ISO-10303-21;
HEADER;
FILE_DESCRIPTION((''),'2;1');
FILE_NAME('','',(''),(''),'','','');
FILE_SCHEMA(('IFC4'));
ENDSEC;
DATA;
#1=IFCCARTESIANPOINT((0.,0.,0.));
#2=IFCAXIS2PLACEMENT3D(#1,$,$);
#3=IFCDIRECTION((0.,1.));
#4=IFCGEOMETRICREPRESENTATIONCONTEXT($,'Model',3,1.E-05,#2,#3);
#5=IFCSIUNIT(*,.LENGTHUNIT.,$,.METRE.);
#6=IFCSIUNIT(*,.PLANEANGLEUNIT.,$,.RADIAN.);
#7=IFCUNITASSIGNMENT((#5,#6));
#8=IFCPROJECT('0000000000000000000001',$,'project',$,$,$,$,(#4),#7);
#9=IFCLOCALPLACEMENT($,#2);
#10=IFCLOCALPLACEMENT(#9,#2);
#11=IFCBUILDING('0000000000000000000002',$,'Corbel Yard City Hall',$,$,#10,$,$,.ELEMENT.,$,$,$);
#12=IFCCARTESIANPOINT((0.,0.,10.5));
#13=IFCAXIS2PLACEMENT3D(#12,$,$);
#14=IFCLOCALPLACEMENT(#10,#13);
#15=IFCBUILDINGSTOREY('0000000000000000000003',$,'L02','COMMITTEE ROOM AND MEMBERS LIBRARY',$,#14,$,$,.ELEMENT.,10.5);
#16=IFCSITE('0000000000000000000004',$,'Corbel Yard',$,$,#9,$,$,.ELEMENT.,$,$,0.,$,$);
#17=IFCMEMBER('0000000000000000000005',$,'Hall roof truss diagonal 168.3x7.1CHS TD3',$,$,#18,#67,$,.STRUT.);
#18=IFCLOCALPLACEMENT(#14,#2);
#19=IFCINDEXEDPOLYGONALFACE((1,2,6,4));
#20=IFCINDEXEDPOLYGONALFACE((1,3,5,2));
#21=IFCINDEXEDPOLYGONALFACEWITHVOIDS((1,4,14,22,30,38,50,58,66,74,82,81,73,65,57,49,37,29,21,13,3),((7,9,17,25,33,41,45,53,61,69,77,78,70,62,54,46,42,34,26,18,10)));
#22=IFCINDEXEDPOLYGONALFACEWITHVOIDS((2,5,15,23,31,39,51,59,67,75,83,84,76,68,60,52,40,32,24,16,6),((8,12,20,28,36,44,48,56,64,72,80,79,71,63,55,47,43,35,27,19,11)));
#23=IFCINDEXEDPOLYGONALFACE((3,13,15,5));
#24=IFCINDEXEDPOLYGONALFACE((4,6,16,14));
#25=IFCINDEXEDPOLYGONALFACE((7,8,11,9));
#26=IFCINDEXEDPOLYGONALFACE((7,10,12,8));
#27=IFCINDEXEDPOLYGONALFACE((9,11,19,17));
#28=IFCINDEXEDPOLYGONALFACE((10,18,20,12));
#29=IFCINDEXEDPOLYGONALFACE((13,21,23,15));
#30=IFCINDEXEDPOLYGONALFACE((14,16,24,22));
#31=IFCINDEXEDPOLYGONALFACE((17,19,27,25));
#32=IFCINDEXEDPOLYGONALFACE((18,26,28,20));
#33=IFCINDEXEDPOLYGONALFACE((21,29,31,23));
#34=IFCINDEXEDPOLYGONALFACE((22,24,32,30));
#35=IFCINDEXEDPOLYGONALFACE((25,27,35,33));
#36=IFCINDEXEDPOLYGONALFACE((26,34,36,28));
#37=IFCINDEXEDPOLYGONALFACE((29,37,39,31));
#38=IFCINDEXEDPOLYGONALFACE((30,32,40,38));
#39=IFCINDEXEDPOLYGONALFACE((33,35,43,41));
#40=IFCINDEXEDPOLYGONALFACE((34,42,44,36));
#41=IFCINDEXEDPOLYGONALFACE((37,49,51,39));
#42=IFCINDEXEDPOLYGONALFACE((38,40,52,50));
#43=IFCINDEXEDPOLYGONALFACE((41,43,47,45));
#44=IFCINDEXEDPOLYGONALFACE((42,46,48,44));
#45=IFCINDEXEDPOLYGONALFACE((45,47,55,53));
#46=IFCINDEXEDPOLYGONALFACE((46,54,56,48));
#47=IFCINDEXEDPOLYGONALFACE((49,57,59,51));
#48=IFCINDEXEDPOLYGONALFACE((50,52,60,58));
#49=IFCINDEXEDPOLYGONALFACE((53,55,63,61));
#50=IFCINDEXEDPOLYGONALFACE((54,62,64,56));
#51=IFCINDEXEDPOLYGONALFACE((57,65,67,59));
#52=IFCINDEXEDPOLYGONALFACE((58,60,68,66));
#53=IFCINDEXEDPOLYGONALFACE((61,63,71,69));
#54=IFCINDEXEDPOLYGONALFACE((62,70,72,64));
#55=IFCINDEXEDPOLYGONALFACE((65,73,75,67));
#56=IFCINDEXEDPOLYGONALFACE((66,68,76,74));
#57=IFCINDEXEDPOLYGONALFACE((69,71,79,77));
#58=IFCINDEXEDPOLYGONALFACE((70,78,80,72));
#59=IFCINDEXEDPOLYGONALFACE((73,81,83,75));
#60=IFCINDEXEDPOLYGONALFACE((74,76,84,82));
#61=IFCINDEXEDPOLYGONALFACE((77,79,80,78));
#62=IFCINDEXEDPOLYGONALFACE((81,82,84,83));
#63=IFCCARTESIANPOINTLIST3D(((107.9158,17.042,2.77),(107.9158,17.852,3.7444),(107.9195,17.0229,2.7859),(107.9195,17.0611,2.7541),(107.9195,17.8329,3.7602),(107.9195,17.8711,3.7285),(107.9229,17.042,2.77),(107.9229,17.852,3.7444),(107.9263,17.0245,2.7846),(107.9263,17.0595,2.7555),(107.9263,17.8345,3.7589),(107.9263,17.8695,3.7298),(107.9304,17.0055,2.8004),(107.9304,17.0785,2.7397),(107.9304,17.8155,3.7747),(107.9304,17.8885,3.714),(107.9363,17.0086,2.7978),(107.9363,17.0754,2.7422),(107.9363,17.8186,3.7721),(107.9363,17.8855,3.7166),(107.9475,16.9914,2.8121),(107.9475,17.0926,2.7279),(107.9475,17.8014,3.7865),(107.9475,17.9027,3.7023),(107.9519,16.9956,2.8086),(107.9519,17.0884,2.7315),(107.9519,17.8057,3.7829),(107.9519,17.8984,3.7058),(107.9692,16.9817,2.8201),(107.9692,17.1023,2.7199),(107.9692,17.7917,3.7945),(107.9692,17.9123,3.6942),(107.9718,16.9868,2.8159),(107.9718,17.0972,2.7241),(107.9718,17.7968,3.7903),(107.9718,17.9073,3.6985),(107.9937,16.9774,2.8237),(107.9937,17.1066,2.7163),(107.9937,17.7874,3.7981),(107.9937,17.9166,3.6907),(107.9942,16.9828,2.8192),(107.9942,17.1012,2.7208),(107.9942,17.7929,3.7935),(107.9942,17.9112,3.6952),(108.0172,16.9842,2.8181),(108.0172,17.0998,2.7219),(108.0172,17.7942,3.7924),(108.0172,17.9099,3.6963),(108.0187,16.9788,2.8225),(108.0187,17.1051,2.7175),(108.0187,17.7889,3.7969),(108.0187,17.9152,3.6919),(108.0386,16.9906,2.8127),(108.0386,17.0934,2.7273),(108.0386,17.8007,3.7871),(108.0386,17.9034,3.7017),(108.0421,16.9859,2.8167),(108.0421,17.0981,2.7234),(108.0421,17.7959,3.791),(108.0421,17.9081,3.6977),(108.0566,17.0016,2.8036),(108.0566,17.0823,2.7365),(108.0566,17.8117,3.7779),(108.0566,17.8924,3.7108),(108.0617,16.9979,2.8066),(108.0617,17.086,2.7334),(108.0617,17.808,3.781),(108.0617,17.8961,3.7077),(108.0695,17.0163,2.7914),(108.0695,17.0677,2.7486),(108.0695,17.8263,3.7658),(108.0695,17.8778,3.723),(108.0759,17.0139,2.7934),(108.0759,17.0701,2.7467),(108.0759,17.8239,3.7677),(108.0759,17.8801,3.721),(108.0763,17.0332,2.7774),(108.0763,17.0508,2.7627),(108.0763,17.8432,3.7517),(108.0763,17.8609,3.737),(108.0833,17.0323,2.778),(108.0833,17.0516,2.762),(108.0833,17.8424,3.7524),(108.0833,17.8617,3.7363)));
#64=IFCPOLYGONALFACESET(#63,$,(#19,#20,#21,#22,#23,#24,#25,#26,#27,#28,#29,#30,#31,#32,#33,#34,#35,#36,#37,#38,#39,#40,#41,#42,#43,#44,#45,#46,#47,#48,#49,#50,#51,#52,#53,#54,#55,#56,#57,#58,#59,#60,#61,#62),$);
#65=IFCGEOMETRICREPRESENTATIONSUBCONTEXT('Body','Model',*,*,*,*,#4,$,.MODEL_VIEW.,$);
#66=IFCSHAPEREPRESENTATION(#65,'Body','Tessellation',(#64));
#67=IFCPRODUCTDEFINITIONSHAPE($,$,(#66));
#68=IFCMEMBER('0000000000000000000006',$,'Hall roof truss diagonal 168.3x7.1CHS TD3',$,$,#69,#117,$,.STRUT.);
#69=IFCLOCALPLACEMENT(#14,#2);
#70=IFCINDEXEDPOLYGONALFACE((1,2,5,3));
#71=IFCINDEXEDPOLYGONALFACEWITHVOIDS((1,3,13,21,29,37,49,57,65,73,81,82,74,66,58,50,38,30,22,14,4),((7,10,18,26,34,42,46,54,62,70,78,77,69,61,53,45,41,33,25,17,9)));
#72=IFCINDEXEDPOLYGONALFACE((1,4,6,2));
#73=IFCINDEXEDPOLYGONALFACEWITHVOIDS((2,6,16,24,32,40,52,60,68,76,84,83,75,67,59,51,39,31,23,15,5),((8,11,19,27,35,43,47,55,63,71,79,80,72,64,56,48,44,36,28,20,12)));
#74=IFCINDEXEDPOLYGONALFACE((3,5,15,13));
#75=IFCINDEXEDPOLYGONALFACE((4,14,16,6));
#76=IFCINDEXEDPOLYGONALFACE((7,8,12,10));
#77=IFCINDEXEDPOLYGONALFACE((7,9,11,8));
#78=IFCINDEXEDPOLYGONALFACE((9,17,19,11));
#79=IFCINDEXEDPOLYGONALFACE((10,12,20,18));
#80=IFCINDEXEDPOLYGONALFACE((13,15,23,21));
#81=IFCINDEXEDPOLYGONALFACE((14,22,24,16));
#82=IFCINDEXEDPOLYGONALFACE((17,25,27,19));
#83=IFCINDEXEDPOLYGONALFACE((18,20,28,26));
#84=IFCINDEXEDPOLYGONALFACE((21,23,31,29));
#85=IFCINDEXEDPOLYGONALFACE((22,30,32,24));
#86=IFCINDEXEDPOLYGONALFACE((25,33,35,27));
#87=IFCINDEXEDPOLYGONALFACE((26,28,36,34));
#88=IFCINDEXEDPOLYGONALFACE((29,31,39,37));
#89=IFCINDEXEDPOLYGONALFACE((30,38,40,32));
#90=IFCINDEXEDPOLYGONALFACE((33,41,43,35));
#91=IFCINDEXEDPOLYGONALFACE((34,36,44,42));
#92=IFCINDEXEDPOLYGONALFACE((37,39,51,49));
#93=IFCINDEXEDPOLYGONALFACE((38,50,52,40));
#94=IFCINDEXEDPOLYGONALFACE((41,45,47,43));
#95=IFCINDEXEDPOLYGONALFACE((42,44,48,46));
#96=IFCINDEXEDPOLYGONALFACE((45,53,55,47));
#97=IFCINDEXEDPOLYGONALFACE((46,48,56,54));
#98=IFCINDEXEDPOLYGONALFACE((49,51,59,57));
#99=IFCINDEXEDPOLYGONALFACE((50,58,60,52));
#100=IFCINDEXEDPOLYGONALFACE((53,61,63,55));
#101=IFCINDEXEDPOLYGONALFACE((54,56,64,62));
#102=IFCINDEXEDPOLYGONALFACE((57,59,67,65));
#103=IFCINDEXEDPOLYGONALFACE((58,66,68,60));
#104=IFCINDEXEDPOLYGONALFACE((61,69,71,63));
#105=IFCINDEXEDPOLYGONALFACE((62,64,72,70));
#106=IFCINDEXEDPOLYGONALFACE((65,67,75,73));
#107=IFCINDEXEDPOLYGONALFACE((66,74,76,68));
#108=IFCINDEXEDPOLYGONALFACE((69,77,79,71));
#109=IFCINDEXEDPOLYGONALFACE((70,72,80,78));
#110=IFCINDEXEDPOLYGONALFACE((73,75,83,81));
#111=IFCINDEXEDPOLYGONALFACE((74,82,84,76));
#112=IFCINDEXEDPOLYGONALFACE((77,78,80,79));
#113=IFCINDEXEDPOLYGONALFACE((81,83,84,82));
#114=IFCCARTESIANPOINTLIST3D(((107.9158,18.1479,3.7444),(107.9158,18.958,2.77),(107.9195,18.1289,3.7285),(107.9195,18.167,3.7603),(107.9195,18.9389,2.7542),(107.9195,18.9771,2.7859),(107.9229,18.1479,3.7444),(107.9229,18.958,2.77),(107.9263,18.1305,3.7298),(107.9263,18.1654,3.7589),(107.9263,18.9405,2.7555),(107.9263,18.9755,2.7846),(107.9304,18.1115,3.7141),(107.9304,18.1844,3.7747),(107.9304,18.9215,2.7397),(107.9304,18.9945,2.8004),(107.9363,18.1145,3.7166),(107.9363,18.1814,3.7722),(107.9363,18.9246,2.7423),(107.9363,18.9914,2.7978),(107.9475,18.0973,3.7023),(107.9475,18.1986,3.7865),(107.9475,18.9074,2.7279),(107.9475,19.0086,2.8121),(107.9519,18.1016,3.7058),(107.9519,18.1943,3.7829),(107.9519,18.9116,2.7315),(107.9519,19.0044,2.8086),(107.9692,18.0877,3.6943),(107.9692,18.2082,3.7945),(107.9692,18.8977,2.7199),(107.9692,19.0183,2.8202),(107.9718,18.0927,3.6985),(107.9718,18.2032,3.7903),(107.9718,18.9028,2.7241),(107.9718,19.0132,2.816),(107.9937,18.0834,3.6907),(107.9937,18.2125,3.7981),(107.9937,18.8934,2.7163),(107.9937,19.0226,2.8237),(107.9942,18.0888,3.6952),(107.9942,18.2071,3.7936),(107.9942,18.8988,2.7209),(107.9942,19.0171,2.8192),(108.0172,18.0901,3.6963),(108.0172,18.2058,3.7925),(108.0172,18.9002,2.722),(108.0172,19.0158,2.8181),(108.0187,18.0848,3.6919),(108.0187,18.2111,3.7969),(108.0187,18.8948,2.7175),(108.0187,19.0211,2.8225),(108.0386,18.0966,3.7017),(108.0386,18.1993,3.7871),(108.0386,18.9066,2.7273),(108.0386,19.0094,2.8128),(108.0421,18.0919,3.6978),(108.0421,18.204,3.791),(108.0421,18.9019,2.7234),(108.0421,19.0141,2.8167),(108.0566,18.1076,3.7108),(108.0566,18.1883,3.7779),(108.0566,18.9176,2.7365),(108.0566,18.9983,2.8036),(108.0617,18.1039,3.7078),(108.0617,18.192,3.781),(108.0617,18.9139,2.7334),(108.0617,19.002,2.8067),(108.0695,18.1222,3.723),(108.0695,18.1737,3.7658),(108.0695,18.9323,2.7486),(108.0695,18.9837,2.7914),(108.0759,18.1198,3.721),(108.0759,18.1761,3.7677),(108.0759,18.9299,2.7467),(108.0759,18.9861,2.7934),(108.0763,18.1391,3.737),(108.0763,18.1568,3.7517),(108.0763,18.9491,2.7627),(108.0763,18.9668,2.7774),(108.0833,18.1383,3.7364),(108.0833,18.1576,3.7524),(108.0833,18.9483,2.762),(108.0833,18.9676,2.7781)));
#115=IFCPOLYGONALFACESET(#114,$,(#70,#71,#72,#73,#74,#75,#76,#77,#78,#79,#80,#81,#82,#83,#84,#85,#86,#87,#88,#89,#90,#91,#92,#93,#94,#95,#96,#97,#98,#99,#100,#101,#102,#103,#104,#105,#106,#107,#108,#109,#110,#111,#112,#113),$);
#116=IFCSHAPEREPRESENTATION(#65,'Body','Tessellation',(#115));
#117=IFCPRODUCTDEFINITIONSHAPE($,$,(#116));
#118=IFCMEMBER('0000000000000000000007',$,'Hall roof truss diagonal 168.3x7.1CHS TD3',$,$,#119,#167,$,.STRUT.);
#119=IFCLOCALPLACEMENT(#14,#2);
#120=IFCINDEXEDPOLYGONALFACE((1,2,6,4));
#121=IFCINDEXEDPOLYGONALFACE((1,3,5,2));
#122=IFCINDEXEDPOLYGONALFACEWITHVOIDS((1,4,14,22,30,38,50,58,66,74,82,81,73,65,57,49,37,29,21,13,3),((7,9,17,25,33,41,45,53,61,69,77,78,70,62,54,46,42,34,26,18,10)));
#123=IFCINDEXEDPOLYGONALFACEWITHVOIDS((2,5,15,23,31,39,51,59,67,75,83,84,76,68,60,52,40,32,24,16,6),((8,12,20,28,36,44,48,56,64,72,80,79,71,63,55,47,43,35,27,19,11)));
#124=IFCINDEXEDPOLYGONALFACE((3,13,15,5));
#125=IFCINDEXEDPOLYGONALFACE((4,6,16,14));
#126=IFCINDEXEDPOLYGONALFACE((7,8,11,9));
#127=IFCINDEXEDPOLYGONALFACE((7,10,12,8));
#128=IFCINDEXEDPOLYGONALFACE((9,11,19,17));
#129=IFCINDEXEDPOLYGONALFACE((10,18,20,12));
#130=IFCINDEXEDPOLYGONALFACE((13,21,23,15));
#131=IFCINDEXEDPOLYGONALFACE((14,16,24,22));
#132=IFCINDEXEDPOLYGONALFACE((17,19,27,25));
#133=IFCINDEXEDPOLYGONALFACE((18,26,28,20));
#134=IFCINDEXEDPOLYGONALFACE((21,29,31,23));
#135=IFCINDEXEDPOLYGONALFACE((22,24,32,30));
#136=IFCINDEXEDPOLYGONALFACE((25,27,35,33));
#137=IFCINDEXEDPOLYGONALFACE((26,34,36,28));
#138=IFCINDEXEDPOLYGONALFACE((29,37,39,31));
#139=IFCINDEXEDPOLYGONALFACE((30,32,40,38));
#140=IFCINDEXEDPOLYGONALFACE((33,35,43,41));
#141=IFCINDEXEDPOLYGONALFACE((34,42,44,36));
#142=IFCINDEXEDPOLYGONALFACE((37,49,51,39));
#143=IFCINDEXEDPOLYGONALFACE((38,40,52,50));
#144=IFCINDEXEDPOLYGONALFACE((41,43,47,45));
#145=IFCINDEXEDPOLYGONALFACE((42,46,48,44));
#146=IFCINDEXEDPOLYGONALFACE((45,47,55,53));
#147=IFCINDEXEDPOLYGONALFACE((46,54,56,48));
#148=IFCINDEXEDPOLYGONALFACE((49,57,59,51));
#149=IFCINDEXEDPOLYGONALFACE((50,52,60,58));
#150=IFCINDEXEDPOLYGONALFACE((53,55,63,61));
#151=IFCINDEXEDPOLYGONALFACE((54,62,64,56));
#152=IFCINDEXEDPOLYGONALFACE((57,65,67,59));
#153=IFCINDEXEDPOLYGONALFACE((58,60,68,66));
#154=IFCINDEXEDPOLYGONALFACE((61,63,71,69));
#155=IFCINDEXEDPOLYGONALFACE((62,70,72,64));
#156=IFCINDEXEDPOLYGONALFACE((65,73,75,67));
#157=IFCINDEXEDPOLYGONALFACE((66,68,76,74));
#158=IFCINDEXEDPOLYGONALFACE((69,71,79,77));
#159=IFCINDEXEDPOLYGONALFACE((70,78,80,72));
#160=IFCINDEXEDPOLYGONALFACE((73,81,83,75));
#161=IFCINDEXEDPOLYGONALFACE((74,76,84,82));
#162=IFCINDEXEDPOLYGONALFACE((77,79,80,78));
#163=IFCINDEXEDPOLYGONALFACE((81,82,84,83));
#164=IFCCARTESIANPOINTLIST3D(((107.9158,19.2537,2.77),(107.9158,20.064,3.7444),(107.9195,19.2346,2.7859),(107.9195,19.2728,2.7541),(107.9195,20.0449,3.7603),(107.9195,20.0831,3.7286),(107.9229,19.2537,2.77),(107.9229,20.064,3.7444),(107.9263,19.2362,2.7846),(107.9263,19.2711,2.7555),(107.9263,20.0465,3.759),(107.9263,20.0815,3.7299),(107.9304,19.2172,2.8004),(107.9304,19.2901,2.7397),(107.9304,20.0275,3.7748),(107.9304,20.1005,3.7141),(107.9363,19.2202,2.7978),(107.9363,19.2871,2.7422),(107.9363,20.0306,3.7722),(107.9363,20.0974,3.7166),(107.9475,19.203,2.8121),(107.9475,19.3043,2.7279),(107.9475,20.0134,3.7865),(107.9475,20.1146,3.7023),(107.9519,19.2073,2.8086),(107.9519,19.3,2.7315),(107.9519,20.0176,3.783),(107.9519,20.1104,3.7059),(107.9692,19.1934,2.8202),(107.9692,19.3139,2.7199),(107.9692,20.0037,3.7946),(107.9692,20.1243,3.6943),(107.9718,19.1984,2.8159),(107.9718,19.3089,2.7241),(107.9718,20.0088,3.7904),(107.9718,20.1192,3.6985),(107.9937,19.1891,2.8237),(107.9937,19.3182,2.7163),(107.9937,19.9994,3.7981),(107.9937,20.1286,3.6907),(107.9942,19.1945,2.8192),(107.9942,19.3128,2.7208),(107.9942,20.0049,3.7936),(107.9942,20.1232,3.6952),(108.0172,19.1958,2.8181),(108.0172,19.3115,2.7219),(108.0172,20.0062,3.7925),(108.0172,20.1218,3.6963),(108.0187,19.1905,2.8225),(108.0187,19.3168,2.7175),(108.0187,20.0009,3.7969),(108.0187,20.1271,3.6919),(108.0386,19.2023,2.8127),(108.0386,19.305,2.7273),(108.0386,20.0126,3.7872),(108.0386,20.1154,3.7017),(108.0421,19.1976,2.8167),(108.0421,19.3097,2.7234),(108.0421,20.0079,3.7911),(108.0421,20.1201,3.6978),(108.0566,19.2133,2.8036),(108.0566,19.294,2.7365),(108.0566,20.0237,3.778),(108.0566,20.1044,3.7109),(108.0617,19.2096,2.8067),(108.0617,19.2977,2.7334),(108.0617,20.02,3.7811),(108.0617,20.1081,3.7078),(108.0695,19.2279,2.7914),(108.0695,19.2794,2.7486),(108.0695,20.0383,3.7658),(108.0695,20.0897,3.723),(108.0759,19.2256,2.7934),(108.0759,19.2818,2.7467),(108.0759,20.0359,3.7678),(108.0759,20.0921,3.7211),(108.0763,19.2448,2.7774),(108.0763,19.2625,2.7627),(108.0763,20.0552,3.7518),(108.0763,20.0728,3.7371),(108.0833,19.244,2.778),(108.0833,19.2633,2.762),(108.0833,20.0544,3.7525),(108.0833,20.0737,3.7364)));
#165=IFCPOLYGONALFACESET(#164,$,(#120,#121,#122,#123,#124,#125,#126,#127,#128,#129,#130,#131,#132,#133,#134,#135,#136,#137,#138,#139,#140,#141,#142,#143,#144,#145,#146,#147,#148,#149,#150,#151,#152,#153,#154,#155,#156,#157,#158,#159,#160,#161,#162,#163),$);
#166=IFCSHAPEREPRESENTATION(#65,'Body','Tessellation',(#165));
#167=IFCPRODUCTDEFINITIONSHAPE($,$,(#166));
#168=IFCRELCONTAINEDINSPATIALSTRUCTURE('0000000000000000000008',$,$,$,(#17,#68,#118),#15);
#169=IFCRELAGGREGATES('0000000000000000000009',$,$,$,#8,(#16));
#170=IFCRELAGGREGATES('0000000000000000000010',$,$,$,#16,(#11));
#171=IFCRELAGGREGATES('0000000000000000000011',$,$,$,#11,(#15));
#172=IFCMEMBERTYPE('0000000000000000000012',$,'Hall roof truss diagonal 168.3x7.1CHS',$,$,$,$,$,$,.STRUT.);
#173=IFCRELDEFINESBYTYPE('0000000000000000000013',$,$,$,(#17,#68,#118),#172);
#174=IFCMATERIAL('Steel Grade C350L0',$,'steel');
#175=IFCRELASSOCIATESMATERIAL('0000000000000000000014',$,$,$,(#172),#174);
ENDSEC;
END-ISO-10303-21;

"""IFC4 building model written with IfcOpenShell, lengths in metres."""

from ifc_helpers import new_model, si_unit, direction, frame, origin, origin_2d, place, context, subcontext, project, spatial, hollow_circle, extrude, material, material_profile, profile_set, type_object, element, save


model = new_model("IFC4")

# Units and contexts
model_context = context("Model", 3, precision=1e-05, world=origin(), true_north=direction((0.0, 1.0)))
body_context = subcontext(model_context, "Body", "Model", "MODEL_VIEW")
ifc_project = project(units=[si_unit("LENGTHUNIT", "METRE"), si_unit("PLANEANGLEUNIT", "RADIAN")], contexts=[model_context])

# Site, building, storey
site_placement = place(None, origin())
site = spatial("IfcSite", under=ifc_project, at=site_placement, Name="Corbel Yard", CompositionType="ELEMENT", RefElevation=0.0)
building_placement = place(site_placement, origin())
building = spatial("IfcBuilding", under=site, at=building_placement, Name="Corbel Yard City Hall", CompositionType="ELEMENT")
storey_placement = place(building_placement, frame((0.0, 0.0, 10.5)))
storey = spatial("IfcBuildingStorey", under=building, at=storey_placement, Name="L02", Description="COMMITTEE ROOM AND MEMBERS LIBRARY", CompositionType="ELEMENT", Elevation=10.5)

# Members
ifc_material_1 = material(Name="Steel Grade C350L0", Category="steel")
ifc_material_profile_1 = material_profile(ifc_material_1, hollow_circle(Radius=0.0842, WallThickness=0.0071, at=origin_2d()), Name="168.3x7.1CHS")
ifc_profile_set_1 = profile_set([ifc_material_profile_1], Name="Steel Grade C350L0")
member_type_1 = type_object("IfcMemberType", Name="Hall roof truss diagonal 168.3x7.1CHS", PredefinedType="STRUT", material=ifc_profile_set_1)
for number, where, z_axis, x_axis, name in (
    (1, (108.0, 17.042, 2.77), (0.0, 0.639293, 0.768963), (-1.0, 0.0, 0.0), "Hall roof truss diagonal 168.3x7.1CHS TD3"),
    (2, (108.0, 18.1479, 3.7444), (0.0, 0.639293, -0.768963), (-1.0, 0.0, 0.0), "Hall roof truss diagonal 168.3x7.1CHS TD3"),
):
    element("IfcMember", number, at=place(storey_placement, frame(where, z_axis=z_axis, x_axis=x_axis)), inside=storey, type_object=member_type_1, Name=name, PredefinedType="STRUT", context=body_context, shape_type="SweptSolid", body=[
        extrude(hollow_circle(Radius=0.0842, WallThickness=0.0071, at=origin_2d()), origin(), (0.0, 0.0, 1.0), 1.2671),
    ])
for number, where, z_axis, x_axis, name in (
    (3, (108.0, 19.2537, 2.77), (0.0, 0.639407, 0.768868), (-1.0, 0.0, 0.0), "Hall roof truss diagonal 168.3x7.1CHS TD3"),
):
    element("IfcMember", number, at=place(storey_placement, frame(where, z_axis=z_axis, x_axis=x_axis)), inside=storey, type_object=member_type_1, Name=name, PredefinedType="STRUT", context=body_context, shape_type="SweptSolid", body=[
        extrude(hollow_circle(Radius=0.0842, WallThickness=0.0071, at=origin_2d()), origin(), (0.0, 0.0, 1.0), 1.2673),
    ])

save(model, "model.ifc")
